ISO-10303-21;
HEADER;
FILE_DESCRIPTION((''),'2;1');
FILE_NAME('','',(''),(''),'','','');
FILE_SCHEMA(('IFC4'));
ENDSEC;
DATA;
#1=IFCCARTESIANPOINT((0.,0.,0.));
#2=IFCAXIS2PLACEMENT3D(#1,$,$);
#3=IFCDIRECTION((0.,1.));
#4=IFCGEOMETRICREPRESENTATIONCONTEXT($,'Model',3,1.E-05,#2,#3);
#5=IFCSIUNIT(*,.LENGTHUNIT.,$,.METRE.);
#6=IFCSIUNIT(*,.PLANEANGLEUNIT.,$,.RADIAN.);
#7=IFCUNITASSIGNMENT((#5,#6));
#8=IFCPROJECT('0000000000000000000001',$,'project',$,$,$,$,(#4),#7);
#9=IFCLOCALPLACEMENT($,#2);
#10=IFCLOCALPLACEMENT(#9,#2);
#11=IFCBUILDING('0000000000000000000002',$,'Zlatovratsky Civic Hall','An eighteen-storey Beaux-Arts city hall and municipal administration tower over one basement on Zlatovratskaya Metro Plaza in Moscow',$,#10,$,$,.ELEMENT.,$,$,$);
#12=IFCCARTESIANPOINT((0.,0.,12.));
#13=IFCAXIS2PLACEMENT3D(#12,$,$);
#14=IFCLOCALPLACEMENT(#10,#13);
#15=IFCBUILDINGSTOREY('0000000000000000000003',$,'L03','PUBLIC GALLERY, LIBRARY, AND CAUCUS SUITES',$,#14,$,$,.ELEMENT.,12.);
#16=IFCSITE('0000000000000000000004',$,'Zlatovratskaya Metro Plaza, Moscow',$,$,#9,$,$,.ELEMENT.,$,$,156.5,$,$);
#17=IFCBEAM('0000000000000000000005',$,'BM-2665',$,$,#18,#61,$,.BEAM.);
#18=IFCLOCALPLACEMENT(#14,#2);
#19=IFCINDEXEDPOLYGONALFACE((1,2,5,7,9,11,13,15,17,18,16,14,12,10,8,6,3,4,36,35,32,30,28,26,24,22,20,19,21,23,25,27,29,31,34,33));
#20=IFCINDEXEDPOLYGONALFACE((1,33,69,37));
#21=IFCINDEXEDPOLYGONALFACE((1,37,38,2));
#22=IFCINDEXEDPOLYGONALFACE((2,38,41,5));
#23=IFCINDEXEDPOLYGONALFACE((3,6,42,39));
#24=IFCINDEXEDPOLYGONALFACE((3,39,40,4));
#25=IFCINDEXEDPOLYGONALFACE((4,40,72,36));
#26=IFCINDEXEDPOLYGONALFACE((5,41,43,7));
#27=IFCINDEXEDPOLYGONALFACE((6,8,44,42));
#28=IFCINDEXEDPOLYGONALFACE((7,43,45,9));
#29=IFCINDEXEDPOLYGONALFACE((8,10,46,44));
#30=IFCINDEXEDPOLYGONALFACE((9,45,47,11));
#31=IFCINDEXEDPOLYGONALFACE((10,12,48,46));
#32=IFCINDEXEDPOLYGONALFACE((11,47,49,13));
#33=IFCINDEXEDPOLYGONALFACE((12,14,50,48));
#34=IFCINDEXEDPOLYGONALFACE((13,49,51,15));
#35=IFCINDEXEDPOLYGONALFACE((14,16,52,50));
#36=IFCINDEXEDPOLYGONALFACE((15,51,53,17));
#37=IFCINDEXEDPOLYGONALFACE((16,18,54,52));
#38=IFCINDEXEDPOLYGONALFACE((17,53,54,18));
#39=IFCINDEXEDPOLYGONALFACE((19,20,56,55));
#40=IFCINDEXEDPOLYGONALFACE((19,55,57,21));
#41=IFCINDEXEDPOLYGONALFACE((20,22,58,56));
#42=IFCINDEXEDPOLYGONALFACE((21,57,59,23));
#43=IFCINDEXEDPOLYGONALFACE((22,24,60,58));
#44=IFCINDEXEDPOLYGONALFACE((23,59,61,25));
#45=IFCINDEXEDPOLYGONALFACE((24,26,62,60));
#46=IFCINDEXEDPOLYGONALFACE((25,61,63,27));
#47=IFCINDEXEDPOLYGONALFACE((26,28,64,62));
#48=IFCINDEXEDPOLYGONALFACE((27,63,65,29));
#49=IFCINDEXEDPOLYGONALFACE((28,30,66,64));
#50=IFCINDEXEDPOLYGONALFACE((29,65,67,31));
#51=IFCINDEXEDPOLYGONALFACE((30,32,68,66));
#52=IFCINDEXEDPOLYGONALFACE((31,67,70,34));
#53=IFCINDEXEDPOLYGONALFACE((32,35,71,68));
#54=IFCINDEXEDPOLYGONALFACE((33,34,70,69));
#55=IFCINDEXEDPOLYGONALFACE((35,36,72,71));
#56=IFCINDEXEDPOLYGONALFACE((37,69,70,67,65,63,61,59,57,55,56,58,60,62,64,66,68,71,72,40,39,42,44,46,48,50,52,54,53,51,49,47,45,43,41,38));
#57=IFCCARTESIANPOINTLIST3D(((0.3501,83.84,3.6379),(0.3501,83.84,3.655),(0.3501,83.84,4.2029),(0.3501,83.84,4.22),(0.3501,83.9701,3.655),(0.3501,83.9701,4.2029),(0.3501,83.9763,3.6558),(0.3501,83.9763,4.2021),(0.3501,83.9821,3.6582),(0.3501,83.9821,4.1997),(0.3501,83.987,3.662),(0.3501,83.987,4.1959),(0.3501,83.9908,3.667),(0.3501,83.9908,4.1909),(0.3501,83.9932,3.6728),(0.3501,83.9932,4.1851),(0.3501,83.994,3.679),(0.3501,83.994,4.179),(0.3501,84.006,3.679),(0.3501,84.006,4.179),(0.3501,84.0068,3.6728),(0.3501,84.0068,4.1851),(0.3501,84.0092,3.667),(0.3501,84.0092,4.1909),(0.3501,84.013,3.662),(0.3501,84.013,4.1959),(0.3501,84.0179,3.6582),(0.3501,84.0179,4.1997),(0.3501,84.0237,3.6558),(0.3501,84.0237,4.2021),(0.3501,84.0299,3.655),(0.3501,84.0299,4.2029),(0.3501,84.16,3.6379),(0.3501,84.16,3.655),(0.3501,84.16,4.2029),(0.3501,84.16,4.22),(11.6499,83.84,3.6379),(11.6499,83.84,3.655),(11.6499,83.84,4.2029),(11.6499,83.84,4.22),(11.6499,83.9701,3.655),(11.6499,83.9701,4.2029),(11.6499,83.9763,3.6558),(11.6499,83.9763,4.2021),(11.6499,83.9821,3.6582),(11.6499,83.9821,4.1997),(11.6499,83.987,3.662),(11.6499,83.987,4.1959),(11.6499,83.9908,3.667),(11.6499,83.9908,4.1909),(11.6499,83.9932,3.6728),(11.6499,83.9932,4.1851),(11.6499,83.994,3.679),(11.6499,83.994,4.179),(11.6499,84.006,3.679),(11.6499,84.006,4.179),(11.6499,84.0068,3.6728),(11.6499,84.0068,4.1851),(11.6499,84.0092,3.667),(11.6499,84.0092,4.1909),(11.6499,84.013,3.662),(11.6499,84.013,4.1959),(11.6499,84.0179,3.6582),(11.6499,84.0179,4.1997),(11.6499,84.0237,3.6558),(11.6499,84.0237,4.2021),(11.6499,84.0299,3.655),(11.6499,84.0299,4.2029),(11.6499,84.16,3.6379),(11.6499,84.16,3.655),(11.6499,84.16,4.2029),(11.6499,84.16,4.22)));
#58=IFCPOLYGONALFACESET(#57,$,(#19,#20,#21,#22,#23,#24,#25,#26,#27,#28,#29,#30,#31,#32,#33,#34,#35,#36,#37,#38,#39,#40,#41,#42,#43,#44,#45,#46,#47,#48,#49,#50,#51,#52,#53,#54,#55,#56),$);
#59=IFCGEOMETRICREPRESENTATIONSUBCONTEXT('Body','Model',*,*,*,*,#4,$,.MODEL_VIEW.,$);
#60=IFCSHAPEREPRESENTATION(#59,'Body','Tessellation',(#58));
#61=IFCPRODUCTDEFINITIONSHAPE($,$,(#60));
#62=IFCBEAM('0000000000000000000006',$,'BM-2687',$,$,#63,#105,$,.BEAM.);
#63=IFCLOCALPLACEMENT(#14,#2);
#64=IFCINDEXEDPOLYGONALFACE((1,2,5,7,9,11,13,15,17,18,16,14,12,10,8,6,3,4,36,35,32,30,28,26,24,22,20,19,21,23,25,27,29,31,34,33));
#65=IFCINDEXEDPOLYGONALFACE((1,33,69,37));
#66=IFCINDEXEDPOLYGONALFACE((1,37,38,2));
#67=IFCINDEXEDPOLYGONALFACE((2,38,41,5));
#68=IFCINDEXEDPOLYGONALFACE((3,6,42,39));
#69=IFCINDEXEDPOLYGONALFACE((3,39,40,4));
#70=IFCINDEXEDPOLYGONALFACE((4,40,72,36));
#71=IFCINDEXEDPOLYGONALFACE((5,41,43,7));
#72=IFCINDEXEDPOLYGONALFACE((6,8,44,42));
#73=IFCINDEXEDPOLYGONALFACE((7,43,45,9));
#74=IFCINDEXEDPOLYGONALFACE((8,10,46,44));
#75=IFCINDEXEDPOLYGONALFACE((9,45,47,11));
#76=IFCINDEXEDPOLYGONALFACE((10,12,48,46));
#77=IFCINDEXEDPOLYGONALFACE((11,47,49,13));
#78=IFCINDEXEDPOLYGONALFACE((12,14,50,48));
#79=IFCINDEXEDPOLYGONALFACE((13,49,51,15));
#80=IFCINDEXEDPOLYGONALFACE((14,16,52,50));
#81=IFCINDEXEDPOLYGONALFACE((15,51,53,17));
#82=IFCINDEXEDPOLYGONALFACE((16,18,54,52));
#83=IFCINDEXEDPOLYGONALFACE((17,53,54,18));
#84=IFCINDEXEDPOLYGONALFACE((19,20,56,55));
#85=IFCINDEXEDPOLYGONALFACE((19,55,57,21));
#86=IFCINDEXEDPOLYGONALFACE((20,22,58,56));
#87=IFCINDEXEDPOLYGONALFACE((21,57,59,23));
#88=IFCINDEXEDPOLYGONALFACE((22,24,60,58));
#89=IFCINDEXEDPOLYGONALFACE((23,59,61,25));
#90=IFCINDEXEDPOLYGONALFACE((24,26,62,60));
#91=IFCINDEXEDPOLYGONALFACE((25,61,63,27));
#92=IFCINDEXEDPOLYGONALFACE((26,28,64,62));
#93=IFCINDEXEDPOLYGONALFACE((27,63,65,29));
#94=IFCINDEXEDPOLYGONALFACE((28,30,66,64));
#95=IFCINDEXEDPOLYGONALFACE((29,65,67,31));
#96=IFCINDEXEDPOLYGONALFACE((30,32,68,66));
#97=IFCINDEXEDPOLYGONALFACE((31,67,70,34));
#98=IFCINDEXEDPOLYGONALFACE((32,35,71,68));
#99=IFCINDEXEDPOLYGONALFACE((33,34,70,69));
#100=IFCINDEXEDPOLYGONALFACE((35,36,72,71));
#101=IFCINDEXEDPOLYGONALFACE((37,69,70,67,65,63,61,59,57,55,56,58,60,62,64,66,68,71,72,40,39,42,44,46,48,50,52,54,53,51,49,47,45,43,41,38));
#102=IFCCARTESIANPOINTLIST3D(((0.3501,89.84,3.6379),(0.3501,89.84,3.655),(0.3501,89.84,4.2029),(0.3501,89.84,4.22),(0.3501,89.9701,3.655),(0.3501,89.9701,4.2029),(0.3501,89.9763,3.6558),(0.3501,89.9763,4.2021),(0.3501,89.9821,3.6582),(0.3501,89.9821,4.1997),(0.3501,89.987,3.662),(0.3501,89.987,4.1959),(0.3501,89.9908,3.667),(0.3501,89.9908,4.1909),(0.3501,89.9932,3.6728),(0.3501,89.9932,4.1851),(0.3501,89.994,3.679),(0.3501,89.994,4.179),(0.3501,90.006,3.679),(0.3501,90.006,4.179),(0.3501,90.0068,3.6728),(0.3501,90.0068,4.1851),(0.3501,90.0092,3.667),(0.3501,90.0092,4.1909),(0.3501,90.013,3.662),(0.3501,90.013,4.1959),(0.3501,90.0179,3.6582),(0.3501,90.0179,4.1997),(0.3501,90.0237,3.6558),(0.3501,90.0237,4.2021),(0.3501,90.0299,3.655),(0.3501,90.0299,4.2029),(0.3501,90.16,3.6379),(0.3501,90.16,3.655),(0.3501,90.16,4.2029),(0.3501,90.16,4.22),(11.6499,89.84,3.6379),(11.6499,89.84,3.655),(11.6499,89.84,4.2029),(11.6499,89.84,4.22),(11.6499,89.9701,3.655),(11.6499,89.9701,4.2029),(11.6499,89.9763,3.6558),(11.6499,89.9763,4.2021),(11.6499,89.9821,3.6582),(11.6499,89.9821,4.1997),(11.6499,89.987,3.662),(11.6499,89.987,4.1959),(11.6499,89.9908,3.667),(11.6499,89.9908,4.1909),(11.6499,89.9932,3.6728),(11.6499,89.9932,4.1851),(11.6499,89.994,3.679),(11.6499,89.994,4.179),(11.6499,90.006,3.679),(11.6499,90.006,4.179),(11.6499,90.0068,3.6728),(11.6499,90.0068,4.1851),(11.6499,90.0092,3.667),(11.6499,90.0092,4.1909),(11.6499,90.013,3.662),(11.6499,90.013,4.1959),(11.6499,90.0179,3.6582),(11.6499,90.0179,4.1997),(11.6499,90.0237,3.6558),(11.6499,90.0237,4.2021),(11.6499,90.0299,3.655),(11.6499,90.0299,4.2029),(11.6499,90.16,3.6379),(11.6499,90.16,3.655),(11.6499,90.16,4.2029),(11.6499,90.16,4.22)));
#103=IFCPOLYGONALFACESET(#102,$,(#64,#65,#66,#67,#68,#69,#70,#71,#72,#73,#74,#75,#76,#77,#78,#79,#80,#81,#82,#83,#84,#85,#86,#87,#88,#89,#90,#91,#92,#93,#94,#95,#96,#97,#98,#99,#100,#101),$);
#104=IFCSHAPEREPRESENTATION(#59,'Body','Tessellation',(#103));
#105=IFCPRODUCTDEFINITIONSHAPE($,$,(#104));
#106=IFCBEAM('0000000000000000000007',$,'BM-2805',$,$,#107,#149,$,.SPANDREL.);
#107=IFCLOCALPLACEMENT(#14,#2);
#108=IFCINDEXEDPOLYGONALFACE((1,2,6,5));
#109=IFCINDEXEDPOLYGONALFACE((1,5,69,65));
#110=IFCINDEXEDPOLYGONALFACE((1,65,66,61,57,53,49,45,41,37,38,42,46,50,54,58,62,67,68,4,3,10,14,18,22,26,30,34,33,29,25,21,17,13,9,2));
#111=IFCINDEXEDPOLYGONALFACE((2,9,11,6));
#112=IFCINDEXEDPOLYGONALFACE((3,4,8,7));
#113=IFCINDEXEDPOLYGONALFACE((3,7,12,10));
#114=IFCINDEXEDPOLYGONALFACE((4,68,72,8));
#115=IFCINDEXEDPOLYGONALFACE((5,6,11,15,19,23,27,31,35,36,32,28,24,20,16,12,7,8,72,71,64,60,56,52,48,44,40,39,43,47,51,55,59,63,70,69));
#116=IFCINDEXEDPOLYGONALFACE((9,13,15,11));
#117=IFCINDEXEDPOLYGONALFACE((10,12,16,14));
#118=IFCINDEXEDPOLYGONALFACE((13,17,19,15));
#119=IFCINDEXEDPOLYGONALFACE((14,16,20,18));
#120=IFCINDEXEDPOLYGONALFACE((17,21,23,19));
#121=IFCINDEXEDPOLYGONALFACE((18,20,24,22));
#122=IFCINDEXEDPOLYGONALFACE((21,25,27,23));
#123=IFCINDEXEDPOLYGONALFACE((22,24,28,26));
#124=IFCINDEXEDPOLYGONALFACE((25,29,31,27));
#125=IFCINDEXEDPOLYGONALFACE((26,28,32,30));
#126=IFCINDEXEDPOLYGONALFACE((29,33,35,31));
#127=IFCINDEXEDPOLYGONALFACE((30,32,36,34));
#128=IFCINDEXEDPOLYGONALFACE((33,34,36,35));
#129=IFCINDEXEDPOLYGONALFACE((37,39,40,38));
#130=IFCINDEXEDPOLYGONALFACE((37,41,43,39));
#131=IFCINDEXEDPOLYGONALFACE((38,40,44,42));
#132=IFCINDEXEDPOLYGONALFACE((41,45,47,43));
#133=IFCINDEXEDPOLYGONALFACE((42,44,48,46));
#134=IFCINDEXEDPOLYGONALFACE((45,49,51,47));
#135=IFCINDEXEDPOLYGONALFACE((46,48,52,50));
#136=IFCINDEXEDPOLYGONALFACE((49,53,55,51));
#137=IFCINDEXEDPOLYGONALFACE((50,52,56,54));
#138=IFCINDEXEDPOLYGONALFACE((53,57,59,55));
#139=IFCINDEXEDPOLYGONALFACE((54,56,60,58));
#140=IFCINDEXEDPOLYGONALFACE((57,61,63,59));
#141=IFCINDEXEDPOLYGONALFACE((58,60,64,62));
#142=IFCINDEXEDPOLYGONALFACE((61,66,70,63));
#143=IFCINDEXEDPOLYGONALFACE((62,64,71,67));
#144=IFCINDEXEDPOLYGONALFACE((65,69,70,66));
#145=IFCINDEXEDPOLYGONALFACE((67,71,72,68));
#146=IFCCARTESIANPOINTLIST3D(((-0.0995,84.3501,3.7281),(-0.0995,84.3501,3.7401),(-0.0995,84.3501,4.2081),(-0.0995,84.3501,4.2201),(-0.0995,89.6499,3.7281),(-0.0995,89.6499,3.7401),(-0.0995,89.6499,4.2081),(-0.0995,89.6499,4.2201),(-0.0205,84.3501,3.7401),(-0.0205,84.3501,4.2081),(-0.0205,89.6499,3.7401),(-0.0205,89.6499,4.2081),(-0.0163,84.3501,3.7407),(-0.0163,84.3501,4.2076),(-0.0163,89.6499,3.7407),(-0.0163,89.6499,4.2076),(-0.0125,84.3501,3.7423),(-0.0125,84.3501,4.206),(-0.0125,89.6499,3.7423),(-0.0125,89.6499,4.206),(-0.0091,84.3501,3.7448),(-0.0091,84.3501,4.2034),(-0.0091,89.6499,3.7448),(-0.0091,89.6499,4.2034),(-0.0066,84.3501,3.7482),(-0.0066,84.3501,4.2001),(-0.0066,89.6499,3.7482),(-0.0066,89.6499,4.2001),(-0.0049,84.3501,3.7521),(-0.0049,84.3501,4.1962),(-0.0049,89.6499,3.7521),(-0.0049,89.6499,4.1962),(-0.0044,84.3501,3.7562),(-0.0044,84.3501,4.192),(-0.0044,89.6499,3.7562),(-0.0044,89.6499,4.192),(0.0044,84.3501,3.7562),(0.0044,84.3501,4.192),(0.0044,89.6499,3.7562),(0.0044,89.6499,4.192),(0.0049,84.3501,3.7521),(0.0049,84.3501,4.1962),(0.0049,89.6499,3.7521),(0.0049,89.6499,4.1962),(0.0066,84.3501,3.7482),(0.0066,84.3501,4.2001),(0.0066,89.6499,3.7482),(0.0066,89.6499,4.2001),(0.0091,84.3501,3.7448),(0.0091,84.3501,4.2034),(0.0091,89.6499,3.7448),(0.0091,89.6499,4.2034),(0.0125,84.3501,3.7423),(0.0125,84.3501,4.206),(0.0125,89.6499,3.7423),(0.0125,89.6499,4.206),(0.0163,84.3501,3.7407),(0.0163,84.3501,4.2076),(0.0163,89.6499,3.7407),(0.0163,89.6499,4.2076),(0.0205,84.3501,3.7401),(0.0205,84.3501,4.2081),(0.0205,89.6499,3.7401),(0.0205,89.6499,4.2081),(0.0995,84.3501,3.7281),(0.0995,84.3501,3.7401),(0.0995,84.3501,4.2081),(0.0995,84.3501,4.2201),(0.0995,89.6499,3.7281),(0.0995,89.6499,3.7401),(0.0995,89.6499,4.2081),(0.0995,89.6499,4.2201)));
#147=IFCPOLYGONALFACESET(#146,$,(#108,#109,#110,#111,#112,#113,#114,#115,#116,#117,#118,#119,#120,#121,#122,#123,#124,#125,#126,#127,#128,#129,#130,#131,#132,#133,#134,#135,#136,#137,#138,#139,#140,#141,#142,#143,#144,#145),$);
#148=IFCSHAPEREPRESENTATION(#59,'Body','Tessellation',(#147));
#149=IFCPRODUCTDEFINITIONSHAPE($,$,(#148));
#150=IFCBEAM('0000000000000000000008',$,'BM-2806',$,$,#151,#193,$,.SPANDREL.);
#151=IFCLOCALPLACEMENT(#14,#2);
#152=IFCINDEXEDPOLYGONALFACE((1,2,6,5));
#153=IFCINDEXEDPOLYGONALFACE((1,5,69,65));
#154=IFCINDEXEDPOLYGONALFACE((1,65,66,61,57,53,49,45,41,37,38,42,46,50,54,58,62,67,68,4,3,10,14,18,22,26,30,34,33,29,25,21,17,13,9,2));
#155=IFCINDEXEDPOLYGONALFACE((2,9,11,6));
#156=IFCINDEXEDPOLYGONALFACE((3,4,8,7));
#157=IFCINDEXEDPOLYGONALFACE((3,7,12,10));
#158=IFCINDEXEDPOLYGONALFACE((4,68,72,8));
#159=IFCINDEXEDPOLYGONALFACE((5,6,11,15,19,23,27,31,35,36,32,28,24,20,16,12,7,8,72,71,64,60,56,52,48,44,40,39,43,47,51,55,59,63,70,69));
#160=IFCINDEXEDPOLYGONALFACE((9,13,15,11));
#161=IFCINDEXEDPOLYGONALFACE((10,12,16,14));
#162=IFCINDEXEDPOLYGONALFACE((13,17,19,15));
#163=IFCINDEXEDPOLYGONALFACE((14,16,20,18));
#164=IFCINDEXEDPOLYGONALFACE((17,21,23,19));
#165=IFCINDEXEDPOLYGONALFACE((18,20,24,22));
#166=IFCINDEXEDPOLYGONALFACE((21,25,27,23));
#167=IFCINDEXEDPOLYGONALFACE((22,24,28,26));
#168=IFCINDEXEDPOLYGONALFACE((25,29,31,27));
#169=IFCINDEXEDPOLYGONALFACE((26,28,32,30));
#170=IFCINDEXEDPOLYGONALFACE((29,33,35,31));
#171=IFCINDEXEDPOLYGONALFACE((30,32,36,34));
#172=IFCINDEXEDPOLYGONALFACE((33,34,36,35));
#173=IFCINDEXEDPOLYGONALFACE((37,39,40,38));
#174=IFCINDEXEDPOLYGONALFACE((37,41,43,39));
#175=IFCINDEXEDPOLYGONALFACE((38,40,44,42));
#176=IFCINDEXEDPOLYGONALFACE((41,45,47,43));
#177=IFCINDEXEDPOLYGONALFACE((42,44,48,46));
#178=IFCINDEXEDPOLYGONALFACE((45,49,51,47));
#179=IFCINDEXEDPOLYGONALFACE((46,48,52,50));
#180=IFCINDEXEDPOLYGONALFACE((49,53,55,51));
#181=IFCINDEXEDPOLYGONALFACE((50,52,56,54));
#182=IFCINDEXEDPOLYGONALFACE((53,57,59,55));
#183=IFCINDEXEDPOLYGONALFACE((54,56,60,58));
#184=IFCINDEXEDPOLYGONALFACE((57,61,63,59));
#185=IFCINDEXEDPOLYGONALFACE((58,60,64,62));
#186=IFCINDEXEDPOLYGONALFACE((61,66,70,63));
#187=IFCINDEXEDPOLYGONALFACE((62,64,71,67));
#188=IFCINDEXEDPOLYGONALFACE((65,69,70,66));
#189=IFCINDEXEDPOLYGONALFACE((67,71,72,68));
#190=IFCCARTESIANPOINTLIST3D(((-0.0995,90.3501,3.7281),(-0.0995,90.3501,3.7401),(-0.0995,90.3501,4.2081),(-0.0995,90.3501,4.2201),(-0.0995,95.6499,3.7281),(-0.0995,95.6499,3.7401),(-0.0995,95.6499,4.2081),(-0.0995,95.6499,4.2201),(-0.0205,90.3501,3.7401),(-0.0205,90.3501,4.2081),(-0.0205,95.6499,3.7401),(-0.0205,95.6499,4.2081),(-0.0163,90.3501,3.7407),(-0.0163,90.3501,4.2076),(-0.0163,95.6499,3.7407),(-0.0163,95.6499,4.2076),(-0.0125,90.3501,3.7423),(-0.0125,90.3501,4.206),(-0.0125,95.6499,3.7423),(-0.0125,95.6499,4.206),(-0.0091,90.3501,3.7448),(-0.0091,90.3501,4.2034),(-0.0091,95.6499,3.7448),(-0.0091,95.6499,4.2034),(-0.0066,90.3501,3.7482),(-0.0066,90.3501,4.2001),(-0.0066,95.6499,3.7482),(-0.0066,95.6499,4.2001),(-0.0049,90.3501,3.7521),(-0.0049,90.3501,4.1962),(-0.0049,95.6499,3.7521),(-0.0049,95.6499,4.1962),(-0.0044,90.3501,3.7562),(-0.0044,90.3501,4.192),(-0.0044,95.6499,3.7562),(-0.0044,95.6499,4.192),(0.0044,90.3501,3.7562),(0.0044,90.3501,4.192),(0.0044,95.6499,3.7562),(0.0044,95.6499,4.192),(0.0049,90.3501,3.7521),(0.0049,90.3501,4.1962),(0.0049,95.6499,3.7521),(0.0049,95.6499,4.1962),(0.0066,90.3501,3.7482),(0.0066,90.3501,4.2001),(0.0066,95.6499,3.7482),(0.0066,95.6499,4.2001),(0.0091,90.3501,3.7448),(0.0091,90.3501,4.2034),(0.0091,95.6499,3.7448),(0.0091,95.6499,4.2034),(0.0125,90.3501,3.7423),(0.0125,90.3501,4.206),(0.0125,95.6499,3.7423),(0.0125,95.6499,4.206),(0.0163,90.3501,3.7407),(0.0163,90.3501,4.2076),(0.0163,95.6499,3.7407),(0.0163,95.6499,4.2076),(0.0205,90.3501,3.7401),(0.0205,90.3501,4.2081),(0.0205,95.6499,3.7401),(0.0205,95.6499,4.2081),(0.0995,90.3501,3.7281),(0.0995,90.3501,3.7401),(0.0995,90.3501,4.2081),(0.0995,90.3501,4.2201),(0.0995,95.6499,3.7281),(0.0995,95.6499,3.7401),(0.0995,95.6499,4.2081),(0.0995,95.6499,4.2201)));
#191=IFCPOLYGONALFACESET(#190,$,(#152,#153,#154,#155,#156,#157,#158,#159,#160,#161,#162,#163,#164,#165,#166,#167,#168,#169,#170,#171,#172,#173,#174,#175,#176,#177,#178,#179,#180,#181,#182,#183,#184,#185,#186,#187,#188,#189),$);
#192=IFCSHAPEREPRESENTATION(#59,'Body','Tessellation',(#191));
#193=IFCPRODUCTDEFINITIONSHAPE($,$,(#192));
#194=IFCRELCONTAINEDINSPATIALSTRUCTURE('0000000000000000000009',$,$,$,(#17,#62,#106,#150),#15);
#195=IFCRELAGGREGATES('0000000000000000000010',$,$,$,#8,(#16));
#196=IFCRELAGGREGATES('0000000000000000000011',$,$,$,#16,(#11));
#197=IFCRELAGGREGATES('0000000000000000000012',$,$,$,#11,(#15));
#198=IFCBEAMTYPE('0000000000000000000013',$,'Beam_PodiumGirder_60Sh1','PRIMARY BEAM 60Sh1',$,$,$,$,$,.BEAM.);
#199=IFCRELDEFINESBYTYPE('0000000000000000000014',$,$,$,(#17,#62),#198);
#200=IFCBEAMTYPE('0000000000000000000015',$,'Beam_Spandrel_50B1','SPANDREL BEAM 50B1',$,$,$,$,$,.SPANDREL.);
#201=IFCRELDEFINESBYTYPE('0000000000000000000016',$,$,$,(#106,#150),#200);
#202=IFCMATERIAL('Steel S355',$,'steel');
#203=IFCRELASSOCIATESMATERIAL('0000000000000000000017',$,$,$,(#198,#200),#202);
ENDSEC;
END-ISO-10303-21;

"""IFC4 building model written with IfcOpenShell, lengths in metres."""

from ifc_helpers import new_model, si_unit, direction, frame, origin, origin_2d, place, context, subcontext, project, spatial, i_section, extrude, material, material_profile, profile_set, type_object, element, save


model = new_model("IFC4")

# Units and contexts
model_context = context("Model", 3, precision=1e-05, world=origin(), true_north=direction((0.0, 1.0)))
body_context = subcontext(model_context, "Body", "Model", "MODEL_VIEW")
ifc_project = project(units=[si_unit("LENGTHUNIT", "METRE"), si_unit("PLANEANGLEUNIT", "RADIAN")], contexts=[model_context])

# Site, building, storey
site_placement = place(None, origin())
site = spatial("IfcSite", under=ifc_project, at=site_placement, Name="Zlatovratskaya Metro Plaza, Moscow", CompositionType="ELEMENT", RefElevation=156.5)
building_placement = place(site_placement, origin())
building = spatial("IfcBuilding", under=site, at=building_placement, Name="Zlatovratsky Civic Hall", Description="An eighteen-storey Beaux-Arts city hall and municipal administration tower over one basement on Zlatovratskaya Metro Plaza in Moscow", CompositionType="ELEMENT")
storey_placement = place(building_placement, frame((0.0, 0.0, 12.0)))
storey = spatial("IfcBuildingStorey", under=building, at=storey_placement, Name="L03", Description="PUBLIC GALLERY, LIBRARY, AND CAUCUS SUITES", CompositionType="ELEMENT", Elevation=12.0)

# Beams
ifc_material_1 = material(Name="Steel S355", Category="steel")
ifc_material_profile_1 = material_profile(ifc_material_1, i_section(OverallWidth=0.3201, OverallDepth=0.582, WebThickness=0.012, FlangeThickness=0.0171, FilletRadius=0.0239, at=origin_2d()), Name="60Sh1")
ifc_profile_set_1 = profile_set([ifc_material_profile_1], Name="Steel S355")
beam_type_1 = type_object("IfcBeamType", Name="Beam_PodiumGirder_60Sh1", Description="PRIMARY BEAM 60Sh1", PredefinedType="BEAM", material=ifc_profile_set_1)
for number, where, z_axis, x_axis, name in (
    (1, (0.3501, 84.0, 3.929), (1.0, 0.0, 0.0), (0.0, 1.0, 0.0), "BM-2665"),
    (2, (0.3501, 90.0, 3.929), (1.0, 0.0, 0.0), (0.0, 1.0, 0.0), "BM-2687"),
):
    element("IfcBeam", number, at=place(storey_placement, frame(where, z_axis=z_axis, x_axis=x_axis)), inside=storey, type_object=beam_type_1, Name=name, PredefinedType="BEAM", context=body_context, shape_type="SweptSolid", body=[
        extrude(i_section(OverallWidth=0.3201, OverallDepth=0.582, WebThickness=0.012, FlangeThickness=0.0171, FilletRadius=0.0239, at=origin_2d()), origin(), (0.0, 0.0, 1.0), 11.2998),
    ])
ifc_material_profile_2 = material_profile(ifc_material_1, i_section(OverallWidth=0.199, OverallDepth=0.4919, WebThickness=0.0088, FlangeThickness=0.012, FilletRadius=0.0161, at=origin_2d()), Name="50B1")
ifc_profile_set_2 = profile_set([ifc_material_profile_2], Name="Steel S355")
beam_type_2 = type_object("IfcBeamType", Name="Beam_Spandrel_50B1", Description="SPANDREL BEAM 50B1", PredefinedType="SPANDREL", material=ifc_profile_set_2)
for number, where, z_axis, x_axis, name in (
    (3, (0.0, 84.3501, 3.9741), (0.0, 1.0, 0.0), (-1.0, 0.0, 0.0), "BM-2805"),
    (4, (0.0, 90.3501, 3.9741), (0.0, 1.0, 0.0), (-1.0, 0.0, 0.0), "BM-2806"),
):
    element("IfcBeam", number, at=place(storey_placement, frame(where, z_axis=z_axis, x_axis=x_axis)), inside=storey, type_object=beam_type_2, Name=name, PredefinedType="SPANDREL", context=body_context, shape_type="SweptSolid", body=[
        extrude(i_section(OverallWidth=0.199, OverallDepth=0.4919, WebThickness=0.0088, FlangeThickness=0.012, FilletRadius=0.0161, at=origin_2d()), origin(), (0.0, 0.0, 1.0), 5.2998),
    ])

save(model, "model.ifc")
